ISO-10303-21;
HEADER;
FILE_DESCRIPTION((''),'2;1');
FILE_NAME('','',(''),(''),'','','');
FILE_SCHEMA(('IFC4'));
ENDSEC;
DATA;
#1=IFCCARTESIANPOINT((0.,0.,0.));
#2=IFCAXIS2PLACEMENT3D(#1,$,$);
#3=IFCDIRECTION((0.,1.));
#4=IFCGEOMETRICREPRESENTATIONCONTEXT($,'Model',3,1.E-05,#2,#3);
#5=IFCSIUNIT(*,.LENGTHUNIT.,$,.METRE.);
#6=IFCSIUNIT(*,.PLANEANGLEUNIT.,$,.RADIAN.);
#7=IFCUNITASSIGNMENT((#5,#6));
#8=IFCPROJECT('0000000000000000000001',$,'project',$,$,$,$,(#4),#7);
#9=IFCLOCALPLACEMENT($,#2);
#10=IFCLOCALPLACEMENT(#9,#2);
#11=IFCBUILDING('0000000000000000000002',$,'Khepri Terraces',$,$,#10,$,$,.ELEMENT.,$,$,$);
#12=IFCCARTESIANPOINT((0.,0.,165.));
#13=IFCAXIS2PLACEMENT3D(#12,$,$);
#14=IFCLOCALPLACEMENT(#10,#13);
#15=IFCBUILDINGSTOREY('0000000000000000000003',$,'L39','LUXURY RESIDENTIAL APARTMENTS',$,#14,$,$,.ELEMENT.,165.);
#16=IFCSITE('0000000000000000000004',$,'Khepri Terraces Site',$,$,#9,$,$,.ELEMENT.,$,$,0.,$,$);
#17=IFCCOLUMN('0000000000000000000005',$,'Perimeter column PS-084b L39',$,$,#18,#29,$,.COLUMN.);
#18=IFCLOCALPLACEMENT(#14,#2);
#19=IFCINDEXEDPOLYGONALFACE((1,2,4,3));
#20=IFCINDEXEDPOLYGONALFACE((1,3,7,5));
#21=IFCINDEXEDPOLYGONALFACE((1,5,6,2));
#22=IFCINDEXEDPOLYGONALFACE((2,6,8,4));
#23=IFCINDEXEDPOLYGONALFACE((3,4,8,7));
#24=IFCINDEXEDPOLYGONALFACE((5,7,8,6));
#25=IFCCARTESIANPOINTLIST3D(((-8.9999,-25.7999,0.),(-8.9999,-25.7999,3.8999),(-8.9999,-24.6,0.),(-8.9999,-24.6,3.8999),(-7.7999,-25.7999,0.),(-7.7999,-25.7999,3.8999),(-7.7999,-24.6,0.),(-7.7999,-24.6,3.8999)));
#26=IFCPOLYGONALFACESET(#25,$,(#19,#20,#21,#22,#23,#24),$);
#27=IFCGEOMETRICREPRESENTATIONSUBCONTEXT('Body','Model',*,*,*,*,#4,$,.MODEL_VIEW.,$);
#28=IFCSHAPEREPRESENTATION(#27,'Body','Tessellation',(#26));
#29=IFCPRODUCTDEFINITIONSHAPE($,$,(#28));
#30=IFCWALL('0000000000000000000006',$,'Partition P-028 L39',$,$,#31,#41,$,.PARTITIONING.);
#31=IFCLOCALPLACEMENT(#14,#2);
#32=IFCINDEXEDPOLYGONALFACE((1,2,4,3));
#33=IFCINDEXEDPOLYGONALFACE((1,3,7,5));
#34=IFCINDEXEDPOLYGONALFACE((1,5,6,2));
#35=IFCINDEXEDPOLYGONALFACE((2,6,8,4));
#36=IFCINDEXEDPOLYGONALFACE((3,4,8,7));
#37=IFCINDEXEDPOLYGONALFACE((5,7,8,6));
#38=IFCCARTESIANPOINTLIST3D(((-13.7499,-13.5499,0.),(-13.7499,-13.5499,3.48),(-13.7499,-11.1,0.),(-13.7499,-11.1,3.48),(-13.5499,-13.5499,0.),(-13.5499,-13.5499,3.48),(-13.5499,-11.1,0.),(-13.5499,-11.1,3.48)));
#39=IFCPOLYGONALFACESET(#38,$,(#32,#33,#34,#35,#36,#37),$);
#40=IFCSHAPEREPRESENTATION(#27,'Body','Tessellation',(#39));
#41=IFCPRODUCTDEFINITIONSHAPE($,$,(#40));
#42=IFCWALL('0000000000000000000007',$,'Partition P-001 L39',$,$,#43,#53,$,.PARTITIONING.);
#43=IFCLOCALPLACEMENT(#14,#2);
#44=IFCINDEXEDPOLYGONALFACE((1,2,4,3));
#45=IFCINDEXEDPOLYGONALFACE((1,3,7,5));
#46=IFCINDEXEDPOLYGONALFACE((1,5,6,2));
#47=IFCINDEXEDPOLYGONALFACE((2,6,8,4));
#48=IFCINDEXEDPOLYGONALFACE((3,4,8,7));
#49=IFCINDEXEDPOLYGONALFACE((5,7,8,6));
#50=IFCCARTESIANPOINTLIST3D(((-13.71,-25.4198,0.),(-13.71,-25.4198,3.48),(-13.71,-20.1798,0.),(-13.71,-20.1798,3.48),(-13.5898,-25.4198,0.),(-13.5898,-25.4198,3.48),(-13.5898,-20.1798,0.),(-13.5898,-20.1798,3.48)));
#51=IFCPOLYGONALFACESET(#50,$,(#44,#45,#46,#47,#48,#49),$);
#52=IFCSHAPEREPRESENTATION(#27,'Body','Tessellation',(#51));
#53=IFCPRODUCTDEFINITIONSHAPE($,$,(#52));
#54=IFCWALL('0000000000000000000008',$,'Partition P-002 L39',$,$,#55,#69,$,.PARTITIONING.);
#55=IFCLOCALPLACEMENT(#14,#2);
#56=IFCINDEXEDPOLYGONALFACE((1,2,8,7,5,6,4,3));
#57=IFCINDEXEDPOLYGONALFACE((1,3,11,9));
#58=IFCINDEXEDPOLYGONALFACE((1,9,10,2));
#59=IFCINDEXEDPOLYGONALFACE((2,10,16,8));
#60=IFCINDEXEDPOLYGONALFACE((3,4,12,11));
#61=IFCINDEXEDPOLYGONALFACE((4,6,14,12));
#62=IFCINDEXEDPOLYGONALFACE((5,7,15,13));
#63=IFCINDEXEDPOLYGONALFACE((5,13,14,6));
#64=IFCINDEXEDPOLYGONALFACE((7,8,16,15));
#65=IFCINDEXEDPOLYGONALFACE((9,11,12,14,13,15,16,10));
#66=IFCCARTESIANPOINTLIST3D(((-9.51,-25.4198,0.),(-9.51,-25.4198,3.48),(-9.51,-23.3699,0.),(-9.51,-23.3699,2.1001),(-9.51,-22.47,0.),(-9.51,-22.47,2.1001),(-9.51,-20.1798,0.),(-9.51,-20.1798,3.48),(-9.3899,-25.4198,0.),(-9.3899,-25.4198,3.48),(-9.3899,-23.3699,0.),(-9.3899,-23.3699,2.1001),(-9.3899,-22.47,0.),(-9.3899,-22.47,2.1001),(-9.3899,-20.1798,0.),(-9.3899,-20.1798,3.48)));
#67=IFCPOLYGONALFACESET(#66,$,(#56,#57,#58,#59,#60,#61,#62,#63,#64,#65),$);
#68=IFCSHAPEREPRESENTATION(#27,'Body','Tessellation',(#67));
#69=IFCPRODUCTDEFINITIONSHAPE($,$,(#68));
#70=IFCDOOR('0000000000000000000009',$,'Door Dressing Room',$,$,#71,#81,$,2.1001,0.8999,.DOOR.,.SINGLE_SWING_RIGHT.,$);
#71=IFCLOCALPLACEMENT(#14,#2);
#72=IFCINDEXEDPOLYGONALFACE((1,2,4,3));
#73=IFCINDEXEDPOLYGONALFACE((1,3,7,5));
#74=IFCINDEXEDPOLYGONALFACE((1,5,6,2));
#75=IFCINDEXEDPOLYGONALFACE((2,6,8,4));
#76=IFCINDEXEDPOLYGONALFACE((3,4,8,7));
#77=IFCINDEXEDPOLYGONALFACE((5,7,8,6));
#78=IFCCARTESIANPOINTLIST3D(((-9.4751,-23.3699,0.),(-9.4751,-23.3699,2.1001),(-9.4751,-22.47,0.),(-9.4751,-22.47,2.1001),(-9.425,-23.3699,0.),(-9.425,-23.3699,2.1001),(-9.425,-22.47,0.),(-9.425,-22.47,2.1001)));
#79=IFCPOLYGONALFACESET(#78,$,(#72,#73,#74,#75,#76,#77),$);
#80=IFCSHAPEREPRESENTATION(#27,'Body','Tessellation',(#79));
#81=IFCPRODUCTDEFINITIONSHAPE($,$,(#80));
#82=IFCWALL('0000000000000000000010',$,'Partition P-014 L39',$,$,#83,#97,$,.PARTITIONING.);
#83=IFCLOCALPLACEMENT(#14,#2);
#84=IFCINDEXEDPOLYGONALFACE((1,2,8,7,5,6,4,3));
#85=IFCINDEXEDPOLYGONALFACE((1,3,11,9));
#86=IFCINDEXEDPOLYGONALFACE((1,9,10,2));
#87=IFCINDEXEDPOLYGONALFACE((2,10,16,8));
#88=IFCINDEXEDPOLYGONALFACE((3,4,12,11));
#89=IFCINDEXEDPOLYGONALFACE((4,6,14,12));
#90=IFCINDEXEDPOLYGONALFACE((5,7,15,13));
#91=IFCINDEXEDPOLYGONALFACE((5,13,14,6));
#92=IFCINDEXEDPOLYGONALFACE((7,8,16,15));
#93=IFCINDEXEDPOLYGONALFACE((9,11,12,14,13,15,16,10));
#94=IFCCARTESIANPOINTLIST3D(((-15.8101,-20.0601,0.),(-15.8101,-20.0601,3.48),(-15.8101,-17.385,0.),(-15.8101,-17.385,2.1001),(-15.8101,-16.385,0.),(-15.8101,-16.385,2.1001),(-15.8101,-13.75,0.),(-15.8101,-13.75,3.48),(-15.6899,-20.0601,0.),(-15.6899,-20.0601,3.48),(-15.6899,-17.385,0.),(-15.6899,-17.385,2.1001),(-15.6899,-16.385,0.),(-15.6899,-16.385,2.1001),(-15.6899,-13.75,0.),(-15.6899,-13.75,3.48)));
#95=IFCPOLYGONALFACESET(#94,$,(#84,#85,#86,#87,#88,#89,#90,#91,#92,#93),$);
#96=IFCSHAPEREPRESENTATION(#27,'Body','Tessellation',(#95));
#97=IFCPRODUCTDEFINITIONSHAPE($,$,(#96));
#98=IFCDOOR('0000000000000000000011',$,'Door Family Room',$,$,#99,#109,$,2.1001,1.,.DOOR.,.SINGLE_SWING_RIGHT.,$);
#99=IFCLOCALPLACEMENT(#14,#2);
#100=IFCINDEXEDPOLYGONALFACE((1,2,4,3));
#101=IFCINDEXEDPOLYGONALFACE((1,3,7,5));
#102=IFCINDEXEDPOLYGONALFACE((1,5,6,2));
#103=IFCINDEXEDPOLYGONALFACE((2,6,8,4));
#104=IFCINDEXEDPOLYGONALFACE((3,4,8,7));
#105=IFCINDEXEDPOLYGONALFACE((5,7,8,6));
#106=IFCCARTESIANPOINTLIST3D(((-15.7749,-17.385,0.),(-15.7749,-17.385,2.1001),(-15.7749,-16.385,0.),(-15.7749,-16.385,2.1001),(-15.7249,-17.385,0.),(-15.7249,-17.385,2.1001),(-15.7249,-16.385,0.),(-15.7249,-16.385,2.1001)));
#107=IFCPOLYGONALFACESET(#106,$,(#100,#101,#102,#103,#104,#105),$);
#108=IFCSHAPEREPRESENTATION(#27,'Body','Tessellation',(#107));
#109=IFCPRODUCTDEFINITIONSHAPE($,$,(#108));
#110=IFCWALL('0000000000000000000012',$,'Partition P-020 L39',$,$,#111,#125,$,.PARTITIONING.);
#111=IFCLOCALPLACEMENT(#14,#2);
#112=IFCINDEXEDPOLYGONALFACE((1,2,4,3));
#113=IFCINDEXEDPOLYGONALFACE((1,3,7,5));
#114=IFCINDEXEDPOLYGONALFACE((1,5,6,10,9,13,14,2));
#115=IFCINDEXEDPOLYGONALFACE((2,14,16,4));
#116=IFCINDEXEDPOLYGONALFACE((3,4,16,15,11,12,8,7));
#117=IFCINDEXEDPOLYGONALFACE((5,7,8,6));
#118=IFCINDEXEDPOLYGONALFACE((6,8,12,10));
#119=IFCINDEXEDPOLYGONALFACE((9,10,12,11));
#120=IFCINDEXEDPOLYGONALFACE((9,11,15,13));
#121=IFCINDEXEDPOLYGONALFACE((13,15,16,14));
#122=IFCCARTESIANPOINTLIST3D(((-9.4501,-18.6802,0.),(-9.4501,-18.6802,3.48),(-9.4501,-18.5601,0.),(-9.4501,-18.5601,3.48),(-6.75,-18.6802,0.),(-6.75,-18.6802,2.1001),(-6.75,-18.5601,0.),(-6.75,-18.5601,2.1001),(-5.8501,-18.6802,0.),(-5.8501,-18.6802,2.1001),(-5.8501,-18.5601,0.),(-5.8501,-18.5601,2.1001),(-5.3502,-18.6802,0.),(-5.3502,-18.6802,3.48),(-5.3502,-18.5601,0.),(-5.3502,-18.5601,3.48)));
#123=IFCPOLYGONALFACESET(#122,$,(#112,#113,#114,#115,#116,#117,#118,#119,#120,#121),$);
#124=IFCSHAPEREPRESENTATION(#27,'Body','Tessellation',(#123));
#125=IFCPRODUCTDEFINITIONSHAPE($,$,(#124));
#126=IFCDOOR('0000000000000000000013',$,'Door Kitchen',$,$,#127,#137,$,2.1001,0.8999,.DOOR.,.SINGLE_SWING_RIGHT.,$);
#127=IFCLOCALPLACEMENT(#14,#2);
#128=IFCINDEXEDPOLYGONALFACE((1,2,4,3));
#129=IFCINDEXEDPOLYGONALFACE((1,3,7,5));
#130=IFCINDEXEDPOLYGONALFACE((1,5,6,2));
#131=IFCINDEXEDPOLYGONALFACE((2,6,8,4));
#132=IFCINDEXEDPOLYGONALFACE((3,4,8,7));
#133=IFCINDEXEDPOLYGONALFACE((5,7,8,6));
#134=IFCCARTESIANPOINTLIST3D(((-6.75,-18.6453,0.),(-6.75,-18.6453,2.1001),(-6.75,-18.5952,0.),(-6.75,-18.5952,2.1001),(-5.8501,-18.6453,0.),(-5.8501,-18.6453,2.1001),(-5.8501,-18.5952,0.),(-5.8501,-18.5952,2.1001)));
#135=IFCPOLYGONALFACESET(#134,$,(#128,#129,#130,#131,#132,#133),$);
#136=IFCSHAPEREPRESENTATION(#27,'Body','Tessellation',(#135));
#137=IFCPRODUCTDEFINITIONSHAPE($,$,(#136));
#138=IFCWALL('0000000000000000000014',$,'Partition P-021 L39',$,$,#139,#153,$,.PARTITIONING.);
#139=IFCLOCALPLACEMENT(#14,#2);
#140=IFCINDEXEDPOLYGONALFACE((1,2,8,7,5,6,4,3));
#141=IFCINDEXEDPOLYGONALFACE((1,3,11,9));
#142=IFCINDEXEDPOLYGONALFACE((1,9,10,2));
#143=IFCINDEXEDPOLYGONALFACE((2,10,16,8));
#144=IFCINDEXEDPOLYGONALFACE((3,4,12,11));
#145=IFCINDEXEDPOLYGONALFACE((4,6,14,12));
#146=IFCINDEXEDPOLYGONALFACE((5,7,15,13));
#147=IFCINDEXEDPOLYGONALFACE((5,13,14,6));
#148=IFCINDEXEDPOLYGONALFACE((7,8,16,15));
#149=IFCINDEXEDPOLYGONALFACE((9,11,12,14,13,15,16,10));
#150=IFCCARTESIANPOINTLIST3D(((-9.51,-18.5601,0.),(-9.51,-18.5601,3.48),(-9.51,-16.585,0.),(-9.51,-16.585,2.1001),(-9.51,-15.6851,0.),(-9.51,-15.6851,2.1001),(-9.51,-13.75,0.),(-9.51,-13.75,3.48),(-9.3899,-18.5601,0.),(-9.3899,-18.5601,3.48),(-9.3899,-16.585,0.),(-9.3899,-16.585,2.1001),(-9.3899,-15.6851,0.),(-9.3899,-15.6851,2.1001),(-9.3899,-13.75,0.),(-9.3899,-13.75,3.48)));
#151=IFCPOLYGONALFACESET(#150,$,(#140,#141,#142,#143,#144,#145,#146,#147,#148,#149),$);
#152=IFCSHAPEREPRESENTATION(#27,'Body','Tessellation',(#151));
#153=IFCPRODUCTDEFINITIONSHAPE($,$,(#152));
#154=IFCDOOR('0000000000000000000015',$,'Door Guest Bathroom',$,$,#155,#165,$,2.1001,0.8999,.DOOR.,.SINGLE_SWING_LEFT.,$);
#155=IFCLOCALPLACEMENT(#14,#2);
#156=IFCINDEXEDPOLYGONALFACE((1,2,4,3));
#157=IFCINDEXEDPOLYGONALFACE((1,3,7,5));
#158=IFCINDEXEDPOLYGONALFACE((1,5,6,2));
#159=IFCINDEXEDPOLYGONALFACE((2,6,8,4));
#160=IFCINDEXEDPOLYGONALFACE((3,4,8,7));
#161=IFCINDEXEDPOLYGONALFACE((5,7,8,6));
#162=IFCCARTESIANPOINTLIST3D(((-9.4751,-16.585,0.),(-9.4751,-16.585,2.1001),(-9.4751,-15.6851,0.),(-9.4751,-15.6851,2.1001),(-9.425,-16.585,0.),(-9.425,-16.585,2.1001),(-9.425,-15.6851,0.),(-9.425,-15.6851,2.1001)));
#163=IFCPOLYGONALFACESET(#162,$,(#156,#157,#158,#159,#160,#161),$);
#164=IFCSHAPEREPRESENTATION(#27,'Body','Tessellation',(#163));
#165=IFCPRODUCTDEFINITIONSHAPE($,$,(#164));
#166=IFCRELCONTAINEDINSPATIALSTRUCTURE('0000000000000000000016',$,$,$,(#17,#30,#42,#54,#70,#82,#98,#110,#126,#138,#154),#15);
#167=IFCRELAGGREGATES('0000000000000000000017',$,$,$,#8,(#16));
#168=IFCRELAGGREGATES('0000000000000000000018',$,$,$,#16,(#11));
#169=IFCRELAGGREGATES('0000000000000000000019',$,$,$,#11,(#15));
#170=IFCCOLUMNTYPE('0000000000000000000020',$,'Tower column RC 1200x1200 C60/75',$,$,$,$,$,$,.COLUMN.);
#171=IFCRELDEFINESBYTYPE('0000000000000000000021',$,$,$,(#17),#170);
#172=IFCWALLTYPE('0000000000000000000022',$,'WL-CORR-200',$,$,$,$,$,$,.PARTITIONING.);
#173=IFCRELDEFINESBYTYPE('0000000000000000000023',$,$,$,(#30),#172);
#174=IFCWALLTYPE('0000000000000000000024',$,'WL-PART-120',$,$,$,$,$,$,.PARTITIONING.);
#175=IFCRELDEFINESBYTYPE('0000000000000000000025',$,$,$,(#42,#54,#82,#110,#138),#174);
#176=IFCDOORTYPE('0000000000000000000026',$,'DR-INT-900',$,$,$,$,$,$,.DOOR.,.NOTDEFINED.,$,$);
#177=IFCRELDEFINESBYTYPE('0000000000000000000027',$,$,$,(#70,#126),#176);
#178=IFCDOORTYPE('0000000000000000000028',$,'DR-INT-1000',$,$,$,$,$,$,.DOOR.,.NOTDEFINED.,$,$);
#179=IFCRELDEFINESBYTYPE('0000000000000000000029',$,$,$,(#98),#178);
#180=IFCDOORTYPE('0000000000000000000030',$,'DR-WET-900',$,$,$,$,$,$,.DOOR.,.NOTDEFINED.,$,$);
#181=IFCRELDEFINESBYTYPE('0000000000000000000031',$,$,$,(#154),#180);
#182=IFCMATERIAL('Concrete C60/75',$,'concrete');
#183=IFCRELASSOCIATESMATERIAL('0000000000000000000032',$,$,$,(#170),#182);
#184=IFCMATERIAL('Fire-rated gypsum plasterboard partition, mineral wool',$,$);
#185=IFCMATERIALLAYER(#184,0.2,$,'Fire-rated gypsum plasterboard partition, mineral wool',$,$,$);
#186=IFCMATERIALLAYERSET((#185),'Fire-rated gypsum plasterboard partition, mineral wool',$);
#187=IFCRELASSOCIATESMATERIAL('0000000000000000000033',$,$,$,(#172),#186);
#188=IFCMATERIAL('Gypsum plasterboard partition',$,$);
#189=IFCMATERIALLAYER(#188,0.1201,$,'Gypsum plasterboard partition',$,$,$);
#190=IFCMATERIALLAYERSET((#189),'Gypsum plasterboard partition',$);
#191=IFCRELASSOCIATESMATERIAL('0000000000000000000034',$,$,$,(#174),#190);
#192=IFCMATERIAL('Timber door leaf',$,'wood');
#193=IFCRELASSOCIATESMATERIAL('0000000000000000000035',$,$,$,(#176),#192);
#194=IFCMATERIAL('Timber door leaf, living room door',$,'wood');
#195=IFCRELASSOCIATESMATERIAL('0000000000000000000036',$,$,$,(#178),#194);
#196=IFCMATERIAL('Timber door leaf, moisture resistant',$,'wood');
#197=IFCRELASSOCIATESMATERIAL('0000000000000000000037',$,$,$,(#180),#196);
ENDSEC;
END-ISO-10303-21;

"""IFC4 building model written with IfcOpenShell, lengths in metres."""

from ifc_helpers import new_model, si_unit, direction, frame, frame_2d, origin, origin_2d, place, context, subcontext, project, spatial, rectangle, extrude, material, layer, layer_set, material_profile, profile_set, type_object, element, fill, save


model = new_model("IFC4")

# Units and contexts
model_context = context("Model", 3, precision=1e-05, world=origin(), true_north=direction((0.0, 1.0)))
body_context = subcontext(model_context, "Body", "Model", "MODEL_VIEW")
ifc_project = project(units=[si_unit("LENGTHUNIT", "METRE"), si_unit("PLANEANGLEUNIT", "RADIAN")], contexts=[model_context])

# Site, building, storey
site_placement = place(None, origin())
site = spatial("IfcSite", under=ifc_project, at=site_placement, Name="Khepri Terraces Site", CompositionType="ELEMENT", RefElevation=0.0)
building_placement = place(site_placement, origin())
building = spatial("IfcBuilding", under=site, at=building_placement, Name="Khepri Terraces", CompositionType="ELEMENT")
storey_placement = place(building_placement, frame((0.0, 0.0, 165.0)))
storey = spatial("IfcBuildingStorey", under=building, at=storey_placement, Name="L39", Description="LUXURY RESIDENTIAL APARTMENTS", CompositionType="ELEMENT", Elevation=165.0)

# Column
ifc_material_1 = material(Name="Concrete C60/75", Category="concrete")
ifc_material_profile = material_profile(ifc_material_1, rectangle(XDim=1.2, YDim=1.2, at=origin_2d()), Name="Concrete C60/75", Category="concrete")
ifc_profile_set = profile_set([ifc_material_profile], Name="Concrete C60/75")
column_type = type_object("IfcColumnType", Name="Tower column RC 1200x1200 C60/75", PredefinedType="COLUMN", material=ifc_profile_set)
column_placement = place(storey_placement, frame((-8.3999, -25.2, 0.0), z_axis=(0.0, 0.0, 1.0), x_axis=(1.0, 0.0, 0.0)))
element("IfcColumn", 1, at=column_placement, inside=storey, type_object=column_type, Name="Perimeter column PS-084b L39", PredefinedType="COLUMN", context=body_context, shape_type="SweptSolid", body=[
    extrude(rectangle(XDim=1.2, YDim=1.2, at=origin_2d()), origin(), (0.0, 0.0, 1.0), 3.8999),
])

# Wall
ifc_material_2 = material(Name="Fire-rated gypsum plasterboard partition, mineral wool")
ifc_layer_1 = layer(ifc_material_2, 0.2, Name="Fire-rated gypsum plasterboard partition, mineral wool")
ifc_layer_set_1 = layer_set([ifc_layer_1], Name="Fire-rated gypsum plasterboard partition, mineral wool")
wall_type_1 = type_object("IfcWallType", Name="WL-CORR-200", PredefinedType="PARTITIONING", material=ifc_layer_set_1)
wall_1_placement = place(storey_placement, frame((-13.6499, -13.55, 0.0), z_axis=(0.0, 0.0, 1.0), x_axis=(0.0, 1.0, 0.0)))
element("IfcWall", 2, at=wall_1_placement, inside=storey, type_object=wall_type_1, Name="Partition P-028 L39", PredefinedType="PARTITIONING", context=body_context, shape_type="SweptSolid", body=[
    extrude(rectangle(XDim=2.45, YDim=0.2, at=frame_2d((1.2251, 0.0))), origin(), (0.0, 0.0, 1.0), 3.48),
])

# Wall
ifc_material_3 = material(Name="Gypsum plasterboard partition")
ifc_layer_2 = layer(ifc_material_3, 0.1201, Name="Gypsum plasterboard partition")
ifc_layer_set_2 = layer_set([ifc_layer_2], Name="Gypsum plasterboard partition")
wall_type_2 = type_object("IfcWallType", Name="WL-PART-120", PredefinedType="PARTITIONING", material=ifc_layer_set_2)
wall_2_placement = place(storey_placement, frame((-13.6499, -25.4199, 0.0), z_axis=(0.0, 0.0, 1.0), x_axis=(0.0, 1.0, 0.0)))
element("IfcWall", 3, at=wall_2_placement, inside=storey, type_object=wall_type_2, Name="Partition P-001 L39", PredefinedType="PARTITIONING", context=body_context, shape_type="SweptSolid", body=[
    extrude(rectangle(XDim=5.24, YDim=0.1201, at=frame_2d((2.6201, 0.0))), origin(), (0.0, 0.0, 1.0), 3.48),
])

# Walls, openings, doors
wall_3_placement = place(storey_placement, frame((-9.45, -25.4199, 0.0), z_axis=(0.0, 0.0, 1.0), x_axis=(0.0, 1.0, 0.0)))
wall_3 = element("IfcWall", 4, at=wall_3_placement, inside=storey, type_object=wall_type_2, Name="Partition P-002 L39", PredefinedType="PARTITIONING", context=body_context, shape_type="SweptSolid", body=[
    extrude(rectangle(XDim=5.24, YDim=0.1201, at=frame_2d((2.6201, 0.0))), origin(), (0.0, 0.0, 1.0), 3.48),
])
opening_1_placement = place(wall_3_placement, frame((2.05, 0.0, 0.0)))
opening_1 = element("IfcOpeningElement", 5, at=opening_1_placement, cuts=wall_3, PredefinedType="OPENING", context=body_context, shape_type="SweptSolid", body=[
    extrude(rectangle(XDim=0.8999, YDim=2.1001, at=frame_2d((0.45, 1.05))), frame((0.0, 0.0701, 0.0), z_axis=(0.0, -1.0, 0.0), x_axis=(1.0, 0.0, 0.0)), (0.0, 0.0, 1.0), 0.1401),
])
ifc_material_4 = material(Name="Timber door leaf", Category="wood")
door_type_1 = type_object("IfcDoorType", Name="DR-INT-900", OperationType="NOTDEFINED", PredefinedType="DOOR", material=ifc_material_4)
door_1_placement = place(opening_1_placement, frame((0.8999, 0.0, 0.0), z_axis=(0.0, 0.0, 1.0), x_axis=(-1.0, 0.0, 0.0)))
door_1 = element("IfcDoor", 6, at=door_1_placement, inside=storey, type_object=door_type_1, Name="Door Dressing Room", OperationType="SINGLE_SWING_RIGHT", OverallHeight=2.1001, OverallWidth=0.8999, PredefinedType="DOOR", context=body_context, shape_type="SweptSolid", body=[
    extrude(rectangle(XDim=0.8999, YDim=2.1001, at=frame_2d((0.45, 1.05))), frame((0.0, 0.0249, 0.0), z_axis=(0.0, -1.0, 0.0), x_axis=(1.0, 0.0, 0.0)), (0.0, 0.0, 1.0), 0.05),
])
fill(opening_1, door_1)
wall_4_placement = place(storey_placement, frame((-15.75, -20.0601, 0.0), z_axis=(0.0, 0.0, 1.0), x_axis=(0.0, 1.0, 0.0)))
wall_4 = element("IfcWall", 7, at=wall_4_placement, inside=storey, type_object=wall_type_2, Name="Partition P-014 L39", PredefinedType="PARTITIONING", context=body_context, shape_type="SweptSolid", body=[
    extrude(rectangle(XDim=6.3101, YDim=0.1201, at=frame_2d((3.155, 0.0))), origin(), (0.0, 0.0, 1.0), 3.48),
])
opening_2_placement = place(wall_4_placement, frame((2.675, 0.0, 0.0)))
opening_2 = element("IfcOpeningElement", 8, at=opening_2_placement, cuts=wall_4, PredefinedType="OPENING", context=body_context, shape_type="SweptSolid", body=[
    extrude(rectangle(XDim=1.0, YDim=2.1001, at=frame_2d((0.5, 1.05))), frame((0.0, 0.0701, 0.0), z_axis=(0.0, -1.0, 0.0), x_axis=(1.0, 0.0, 0.0)), (0.0, 0.0, 1.0), 0.1401),
])
ifc_material_5 = material(Name="Timber door leaf, living room door", Category="wood")
door_type_2 = type_object("IfcDoorType", Name="DR-INT-1000", OperationType="NOTDEFINED", PredefinedType="DOOR", material=ifc_material_5)
door_2_placement = place(opening_2_placement, origin())
door_2 = element("IfcDoor", 9, at=door_2_placement, inside=storey, type_object=door_type_2, Name="Door Family Room", OperationType="SINGLE_SWING_RIGHT", OverallHeight=2.1001, OverallWidth=1.0, PredefinedType="DOOR", context=body_context, shape_type="SweptSolid", body=[
    extrude(rectangle(XDim=1.0, YDim=2.1001, at=frame_2d((0.5, 1.05))), frame((0.0, 0.0249, 0.0), z_axis=(0.0, -1.0, 0.0), x_axis=(1.0, 0.0, 0.0)), (0.0, 0.0, 1.0), 0.05),
])
fill(opening_2, door_2)
wall_5_placement = place(storey_placement, frame((-9.45, -18.6201, 0.0), z_axis=(0.0, 0.0, 1.0), x_axis=(1.0, 0.0, 0.0)))
wall_5 = element("IfcWall", 10, at=wall_5_placement, inside=storey, type_object=wall_type_2, Name="Partition P-020 L39", PredefinedType="PARTITIONING", context=body_context, shape_type="SweptSolid", body=[
    extrude(rectangle(XDim=4.0999, YDim=0.1201, at=frame_2d((2.0498, 0.0))), origin(), (0.0, 0.0, 1.0), 3.48),
])
opening_3_placement = place(wall_5_placement, frame((2.7, 0.0, 0.0)))
opening_3 = element("IfcOpeningElement", 11, at=opening_3_placement, cuts=wall_5, PredefinedType="OPENING", context=body_context, shape_type="SweptSolid", body=[
    extrude(rectangle(XDim=0.8999, YDim=2.1001, at=frame_2d((0.45, 1.05))), frame((0.0, 0.0701, 0.0), z_axis=(0.0, -1.0, 0.0), x_axis=(1.0, 0.0, 0.0)), (0.0, 0.0, 1.0), 0.1401),
])
door_3_placement = place(opening_3_placement, origin())
door_3 = element("IfcDoor", 12, at=door_3_placement, inside=storey, type_object=door_type_1, Name="Door Kitchen", OperationType="SINGLE_SWING_RIGHT", OverallHeight=2.1001, OverallWidth=0.8999, PredefinedType="DOOR", context=body_context, shape_type="SweptSolid", body=[
    extrude(rectangle(XDim=0.8999, YDim=2.1001, at=frame_2d((0.45, 1.05))), frame((0.0, 0.0249, 0.0), z_axis=(0.0, -1.0, 0.0), x_axis=(1.0, 0.0, 0.0)), (0.0, 0.0, 1.0), 0.05),
])
fill(opening_3, door_3)
wall_6_placement = place(storey_placement, frame((-9.45, -18.5601, 0.0), z_axis=(0.0, 0.0, 1.0), x_axis=(0.0, 1.0, 0.0)))
wall_6 = element("IfcWall", 13, at=wall_6_placement, inside=storey, type_object=wall_type_2, Name="Partition P-021 L39", PredefinedType="PARTITIONING", context=body_context, shape_type="SweptSolid", body=[
    extrude(rectangle(XDim=4.8101, YDim=0.1201, at=frame_2d((2.405, 0.0))), origin(), (0.0, 0.0, 1.0), 3.48),
])
opening_4_placement = place(wall_6_placement, frame((1.9751, 0.0, 0.0)))
opening_4 = element("IfcOpeningElement", 14, at=opening_4_placement, cuts=wall_6, PredefinedType="OPENING", context=body_context, shape_type="SweptSolid", body=[
    extrude(rectangle(XDim=0.8999, YDim=2.1001, at=frame_2d((0.45, 1.05))), frame((0.0, 0.0701, 0.0), z_axis=(0.0, -1.0, 0.0), x_axis=(1.0, 0.0, 0.0)), (0.0, 0.0, 1.0), 0.1401),
])
ifc_material_6 = material(Name="Timber door leaf, moisture resistant", Category="wood")
door_type_3 = type_object("IfcDoorType", Name="DR-WET-900", OperationType="NOTDEFINED", PredefinedType="DOOR", material=ifc_material_6)
door_4_placement = place(opening_4_placement, frame((0.8999, 0.0, 0.0), z_axis=(0.0, 0.0, 1.0), x_axis=(-1.0, 0.0, 0.0)))
door_4 = element("IfcDoor", 15, at=door_4_placement, inside=storey, type_object=door_type_3, Name="Door Guest Bathroom", OperationType="SINGLE_SWING_LEFT", OverallHeight=2.1001, OverallWidth=0.8999, PredefinedType="DOOR", context=body_context, shape_type="SweptSolid", body=[
    extrude(rectangle(XDim=0.8999, YDim=2.1001, at=frame_2d((0.45, 1.05))), frame((0.0, 0.0249, 0.0), z_axis=(0.0, -1.0, 0.0), x_axis=(1.0, 0.0, 0.0)), (0.0, 0.0, 1.0), 0.05),
])
fill(opening_4, door_4)

save(model, "model.ifc")
